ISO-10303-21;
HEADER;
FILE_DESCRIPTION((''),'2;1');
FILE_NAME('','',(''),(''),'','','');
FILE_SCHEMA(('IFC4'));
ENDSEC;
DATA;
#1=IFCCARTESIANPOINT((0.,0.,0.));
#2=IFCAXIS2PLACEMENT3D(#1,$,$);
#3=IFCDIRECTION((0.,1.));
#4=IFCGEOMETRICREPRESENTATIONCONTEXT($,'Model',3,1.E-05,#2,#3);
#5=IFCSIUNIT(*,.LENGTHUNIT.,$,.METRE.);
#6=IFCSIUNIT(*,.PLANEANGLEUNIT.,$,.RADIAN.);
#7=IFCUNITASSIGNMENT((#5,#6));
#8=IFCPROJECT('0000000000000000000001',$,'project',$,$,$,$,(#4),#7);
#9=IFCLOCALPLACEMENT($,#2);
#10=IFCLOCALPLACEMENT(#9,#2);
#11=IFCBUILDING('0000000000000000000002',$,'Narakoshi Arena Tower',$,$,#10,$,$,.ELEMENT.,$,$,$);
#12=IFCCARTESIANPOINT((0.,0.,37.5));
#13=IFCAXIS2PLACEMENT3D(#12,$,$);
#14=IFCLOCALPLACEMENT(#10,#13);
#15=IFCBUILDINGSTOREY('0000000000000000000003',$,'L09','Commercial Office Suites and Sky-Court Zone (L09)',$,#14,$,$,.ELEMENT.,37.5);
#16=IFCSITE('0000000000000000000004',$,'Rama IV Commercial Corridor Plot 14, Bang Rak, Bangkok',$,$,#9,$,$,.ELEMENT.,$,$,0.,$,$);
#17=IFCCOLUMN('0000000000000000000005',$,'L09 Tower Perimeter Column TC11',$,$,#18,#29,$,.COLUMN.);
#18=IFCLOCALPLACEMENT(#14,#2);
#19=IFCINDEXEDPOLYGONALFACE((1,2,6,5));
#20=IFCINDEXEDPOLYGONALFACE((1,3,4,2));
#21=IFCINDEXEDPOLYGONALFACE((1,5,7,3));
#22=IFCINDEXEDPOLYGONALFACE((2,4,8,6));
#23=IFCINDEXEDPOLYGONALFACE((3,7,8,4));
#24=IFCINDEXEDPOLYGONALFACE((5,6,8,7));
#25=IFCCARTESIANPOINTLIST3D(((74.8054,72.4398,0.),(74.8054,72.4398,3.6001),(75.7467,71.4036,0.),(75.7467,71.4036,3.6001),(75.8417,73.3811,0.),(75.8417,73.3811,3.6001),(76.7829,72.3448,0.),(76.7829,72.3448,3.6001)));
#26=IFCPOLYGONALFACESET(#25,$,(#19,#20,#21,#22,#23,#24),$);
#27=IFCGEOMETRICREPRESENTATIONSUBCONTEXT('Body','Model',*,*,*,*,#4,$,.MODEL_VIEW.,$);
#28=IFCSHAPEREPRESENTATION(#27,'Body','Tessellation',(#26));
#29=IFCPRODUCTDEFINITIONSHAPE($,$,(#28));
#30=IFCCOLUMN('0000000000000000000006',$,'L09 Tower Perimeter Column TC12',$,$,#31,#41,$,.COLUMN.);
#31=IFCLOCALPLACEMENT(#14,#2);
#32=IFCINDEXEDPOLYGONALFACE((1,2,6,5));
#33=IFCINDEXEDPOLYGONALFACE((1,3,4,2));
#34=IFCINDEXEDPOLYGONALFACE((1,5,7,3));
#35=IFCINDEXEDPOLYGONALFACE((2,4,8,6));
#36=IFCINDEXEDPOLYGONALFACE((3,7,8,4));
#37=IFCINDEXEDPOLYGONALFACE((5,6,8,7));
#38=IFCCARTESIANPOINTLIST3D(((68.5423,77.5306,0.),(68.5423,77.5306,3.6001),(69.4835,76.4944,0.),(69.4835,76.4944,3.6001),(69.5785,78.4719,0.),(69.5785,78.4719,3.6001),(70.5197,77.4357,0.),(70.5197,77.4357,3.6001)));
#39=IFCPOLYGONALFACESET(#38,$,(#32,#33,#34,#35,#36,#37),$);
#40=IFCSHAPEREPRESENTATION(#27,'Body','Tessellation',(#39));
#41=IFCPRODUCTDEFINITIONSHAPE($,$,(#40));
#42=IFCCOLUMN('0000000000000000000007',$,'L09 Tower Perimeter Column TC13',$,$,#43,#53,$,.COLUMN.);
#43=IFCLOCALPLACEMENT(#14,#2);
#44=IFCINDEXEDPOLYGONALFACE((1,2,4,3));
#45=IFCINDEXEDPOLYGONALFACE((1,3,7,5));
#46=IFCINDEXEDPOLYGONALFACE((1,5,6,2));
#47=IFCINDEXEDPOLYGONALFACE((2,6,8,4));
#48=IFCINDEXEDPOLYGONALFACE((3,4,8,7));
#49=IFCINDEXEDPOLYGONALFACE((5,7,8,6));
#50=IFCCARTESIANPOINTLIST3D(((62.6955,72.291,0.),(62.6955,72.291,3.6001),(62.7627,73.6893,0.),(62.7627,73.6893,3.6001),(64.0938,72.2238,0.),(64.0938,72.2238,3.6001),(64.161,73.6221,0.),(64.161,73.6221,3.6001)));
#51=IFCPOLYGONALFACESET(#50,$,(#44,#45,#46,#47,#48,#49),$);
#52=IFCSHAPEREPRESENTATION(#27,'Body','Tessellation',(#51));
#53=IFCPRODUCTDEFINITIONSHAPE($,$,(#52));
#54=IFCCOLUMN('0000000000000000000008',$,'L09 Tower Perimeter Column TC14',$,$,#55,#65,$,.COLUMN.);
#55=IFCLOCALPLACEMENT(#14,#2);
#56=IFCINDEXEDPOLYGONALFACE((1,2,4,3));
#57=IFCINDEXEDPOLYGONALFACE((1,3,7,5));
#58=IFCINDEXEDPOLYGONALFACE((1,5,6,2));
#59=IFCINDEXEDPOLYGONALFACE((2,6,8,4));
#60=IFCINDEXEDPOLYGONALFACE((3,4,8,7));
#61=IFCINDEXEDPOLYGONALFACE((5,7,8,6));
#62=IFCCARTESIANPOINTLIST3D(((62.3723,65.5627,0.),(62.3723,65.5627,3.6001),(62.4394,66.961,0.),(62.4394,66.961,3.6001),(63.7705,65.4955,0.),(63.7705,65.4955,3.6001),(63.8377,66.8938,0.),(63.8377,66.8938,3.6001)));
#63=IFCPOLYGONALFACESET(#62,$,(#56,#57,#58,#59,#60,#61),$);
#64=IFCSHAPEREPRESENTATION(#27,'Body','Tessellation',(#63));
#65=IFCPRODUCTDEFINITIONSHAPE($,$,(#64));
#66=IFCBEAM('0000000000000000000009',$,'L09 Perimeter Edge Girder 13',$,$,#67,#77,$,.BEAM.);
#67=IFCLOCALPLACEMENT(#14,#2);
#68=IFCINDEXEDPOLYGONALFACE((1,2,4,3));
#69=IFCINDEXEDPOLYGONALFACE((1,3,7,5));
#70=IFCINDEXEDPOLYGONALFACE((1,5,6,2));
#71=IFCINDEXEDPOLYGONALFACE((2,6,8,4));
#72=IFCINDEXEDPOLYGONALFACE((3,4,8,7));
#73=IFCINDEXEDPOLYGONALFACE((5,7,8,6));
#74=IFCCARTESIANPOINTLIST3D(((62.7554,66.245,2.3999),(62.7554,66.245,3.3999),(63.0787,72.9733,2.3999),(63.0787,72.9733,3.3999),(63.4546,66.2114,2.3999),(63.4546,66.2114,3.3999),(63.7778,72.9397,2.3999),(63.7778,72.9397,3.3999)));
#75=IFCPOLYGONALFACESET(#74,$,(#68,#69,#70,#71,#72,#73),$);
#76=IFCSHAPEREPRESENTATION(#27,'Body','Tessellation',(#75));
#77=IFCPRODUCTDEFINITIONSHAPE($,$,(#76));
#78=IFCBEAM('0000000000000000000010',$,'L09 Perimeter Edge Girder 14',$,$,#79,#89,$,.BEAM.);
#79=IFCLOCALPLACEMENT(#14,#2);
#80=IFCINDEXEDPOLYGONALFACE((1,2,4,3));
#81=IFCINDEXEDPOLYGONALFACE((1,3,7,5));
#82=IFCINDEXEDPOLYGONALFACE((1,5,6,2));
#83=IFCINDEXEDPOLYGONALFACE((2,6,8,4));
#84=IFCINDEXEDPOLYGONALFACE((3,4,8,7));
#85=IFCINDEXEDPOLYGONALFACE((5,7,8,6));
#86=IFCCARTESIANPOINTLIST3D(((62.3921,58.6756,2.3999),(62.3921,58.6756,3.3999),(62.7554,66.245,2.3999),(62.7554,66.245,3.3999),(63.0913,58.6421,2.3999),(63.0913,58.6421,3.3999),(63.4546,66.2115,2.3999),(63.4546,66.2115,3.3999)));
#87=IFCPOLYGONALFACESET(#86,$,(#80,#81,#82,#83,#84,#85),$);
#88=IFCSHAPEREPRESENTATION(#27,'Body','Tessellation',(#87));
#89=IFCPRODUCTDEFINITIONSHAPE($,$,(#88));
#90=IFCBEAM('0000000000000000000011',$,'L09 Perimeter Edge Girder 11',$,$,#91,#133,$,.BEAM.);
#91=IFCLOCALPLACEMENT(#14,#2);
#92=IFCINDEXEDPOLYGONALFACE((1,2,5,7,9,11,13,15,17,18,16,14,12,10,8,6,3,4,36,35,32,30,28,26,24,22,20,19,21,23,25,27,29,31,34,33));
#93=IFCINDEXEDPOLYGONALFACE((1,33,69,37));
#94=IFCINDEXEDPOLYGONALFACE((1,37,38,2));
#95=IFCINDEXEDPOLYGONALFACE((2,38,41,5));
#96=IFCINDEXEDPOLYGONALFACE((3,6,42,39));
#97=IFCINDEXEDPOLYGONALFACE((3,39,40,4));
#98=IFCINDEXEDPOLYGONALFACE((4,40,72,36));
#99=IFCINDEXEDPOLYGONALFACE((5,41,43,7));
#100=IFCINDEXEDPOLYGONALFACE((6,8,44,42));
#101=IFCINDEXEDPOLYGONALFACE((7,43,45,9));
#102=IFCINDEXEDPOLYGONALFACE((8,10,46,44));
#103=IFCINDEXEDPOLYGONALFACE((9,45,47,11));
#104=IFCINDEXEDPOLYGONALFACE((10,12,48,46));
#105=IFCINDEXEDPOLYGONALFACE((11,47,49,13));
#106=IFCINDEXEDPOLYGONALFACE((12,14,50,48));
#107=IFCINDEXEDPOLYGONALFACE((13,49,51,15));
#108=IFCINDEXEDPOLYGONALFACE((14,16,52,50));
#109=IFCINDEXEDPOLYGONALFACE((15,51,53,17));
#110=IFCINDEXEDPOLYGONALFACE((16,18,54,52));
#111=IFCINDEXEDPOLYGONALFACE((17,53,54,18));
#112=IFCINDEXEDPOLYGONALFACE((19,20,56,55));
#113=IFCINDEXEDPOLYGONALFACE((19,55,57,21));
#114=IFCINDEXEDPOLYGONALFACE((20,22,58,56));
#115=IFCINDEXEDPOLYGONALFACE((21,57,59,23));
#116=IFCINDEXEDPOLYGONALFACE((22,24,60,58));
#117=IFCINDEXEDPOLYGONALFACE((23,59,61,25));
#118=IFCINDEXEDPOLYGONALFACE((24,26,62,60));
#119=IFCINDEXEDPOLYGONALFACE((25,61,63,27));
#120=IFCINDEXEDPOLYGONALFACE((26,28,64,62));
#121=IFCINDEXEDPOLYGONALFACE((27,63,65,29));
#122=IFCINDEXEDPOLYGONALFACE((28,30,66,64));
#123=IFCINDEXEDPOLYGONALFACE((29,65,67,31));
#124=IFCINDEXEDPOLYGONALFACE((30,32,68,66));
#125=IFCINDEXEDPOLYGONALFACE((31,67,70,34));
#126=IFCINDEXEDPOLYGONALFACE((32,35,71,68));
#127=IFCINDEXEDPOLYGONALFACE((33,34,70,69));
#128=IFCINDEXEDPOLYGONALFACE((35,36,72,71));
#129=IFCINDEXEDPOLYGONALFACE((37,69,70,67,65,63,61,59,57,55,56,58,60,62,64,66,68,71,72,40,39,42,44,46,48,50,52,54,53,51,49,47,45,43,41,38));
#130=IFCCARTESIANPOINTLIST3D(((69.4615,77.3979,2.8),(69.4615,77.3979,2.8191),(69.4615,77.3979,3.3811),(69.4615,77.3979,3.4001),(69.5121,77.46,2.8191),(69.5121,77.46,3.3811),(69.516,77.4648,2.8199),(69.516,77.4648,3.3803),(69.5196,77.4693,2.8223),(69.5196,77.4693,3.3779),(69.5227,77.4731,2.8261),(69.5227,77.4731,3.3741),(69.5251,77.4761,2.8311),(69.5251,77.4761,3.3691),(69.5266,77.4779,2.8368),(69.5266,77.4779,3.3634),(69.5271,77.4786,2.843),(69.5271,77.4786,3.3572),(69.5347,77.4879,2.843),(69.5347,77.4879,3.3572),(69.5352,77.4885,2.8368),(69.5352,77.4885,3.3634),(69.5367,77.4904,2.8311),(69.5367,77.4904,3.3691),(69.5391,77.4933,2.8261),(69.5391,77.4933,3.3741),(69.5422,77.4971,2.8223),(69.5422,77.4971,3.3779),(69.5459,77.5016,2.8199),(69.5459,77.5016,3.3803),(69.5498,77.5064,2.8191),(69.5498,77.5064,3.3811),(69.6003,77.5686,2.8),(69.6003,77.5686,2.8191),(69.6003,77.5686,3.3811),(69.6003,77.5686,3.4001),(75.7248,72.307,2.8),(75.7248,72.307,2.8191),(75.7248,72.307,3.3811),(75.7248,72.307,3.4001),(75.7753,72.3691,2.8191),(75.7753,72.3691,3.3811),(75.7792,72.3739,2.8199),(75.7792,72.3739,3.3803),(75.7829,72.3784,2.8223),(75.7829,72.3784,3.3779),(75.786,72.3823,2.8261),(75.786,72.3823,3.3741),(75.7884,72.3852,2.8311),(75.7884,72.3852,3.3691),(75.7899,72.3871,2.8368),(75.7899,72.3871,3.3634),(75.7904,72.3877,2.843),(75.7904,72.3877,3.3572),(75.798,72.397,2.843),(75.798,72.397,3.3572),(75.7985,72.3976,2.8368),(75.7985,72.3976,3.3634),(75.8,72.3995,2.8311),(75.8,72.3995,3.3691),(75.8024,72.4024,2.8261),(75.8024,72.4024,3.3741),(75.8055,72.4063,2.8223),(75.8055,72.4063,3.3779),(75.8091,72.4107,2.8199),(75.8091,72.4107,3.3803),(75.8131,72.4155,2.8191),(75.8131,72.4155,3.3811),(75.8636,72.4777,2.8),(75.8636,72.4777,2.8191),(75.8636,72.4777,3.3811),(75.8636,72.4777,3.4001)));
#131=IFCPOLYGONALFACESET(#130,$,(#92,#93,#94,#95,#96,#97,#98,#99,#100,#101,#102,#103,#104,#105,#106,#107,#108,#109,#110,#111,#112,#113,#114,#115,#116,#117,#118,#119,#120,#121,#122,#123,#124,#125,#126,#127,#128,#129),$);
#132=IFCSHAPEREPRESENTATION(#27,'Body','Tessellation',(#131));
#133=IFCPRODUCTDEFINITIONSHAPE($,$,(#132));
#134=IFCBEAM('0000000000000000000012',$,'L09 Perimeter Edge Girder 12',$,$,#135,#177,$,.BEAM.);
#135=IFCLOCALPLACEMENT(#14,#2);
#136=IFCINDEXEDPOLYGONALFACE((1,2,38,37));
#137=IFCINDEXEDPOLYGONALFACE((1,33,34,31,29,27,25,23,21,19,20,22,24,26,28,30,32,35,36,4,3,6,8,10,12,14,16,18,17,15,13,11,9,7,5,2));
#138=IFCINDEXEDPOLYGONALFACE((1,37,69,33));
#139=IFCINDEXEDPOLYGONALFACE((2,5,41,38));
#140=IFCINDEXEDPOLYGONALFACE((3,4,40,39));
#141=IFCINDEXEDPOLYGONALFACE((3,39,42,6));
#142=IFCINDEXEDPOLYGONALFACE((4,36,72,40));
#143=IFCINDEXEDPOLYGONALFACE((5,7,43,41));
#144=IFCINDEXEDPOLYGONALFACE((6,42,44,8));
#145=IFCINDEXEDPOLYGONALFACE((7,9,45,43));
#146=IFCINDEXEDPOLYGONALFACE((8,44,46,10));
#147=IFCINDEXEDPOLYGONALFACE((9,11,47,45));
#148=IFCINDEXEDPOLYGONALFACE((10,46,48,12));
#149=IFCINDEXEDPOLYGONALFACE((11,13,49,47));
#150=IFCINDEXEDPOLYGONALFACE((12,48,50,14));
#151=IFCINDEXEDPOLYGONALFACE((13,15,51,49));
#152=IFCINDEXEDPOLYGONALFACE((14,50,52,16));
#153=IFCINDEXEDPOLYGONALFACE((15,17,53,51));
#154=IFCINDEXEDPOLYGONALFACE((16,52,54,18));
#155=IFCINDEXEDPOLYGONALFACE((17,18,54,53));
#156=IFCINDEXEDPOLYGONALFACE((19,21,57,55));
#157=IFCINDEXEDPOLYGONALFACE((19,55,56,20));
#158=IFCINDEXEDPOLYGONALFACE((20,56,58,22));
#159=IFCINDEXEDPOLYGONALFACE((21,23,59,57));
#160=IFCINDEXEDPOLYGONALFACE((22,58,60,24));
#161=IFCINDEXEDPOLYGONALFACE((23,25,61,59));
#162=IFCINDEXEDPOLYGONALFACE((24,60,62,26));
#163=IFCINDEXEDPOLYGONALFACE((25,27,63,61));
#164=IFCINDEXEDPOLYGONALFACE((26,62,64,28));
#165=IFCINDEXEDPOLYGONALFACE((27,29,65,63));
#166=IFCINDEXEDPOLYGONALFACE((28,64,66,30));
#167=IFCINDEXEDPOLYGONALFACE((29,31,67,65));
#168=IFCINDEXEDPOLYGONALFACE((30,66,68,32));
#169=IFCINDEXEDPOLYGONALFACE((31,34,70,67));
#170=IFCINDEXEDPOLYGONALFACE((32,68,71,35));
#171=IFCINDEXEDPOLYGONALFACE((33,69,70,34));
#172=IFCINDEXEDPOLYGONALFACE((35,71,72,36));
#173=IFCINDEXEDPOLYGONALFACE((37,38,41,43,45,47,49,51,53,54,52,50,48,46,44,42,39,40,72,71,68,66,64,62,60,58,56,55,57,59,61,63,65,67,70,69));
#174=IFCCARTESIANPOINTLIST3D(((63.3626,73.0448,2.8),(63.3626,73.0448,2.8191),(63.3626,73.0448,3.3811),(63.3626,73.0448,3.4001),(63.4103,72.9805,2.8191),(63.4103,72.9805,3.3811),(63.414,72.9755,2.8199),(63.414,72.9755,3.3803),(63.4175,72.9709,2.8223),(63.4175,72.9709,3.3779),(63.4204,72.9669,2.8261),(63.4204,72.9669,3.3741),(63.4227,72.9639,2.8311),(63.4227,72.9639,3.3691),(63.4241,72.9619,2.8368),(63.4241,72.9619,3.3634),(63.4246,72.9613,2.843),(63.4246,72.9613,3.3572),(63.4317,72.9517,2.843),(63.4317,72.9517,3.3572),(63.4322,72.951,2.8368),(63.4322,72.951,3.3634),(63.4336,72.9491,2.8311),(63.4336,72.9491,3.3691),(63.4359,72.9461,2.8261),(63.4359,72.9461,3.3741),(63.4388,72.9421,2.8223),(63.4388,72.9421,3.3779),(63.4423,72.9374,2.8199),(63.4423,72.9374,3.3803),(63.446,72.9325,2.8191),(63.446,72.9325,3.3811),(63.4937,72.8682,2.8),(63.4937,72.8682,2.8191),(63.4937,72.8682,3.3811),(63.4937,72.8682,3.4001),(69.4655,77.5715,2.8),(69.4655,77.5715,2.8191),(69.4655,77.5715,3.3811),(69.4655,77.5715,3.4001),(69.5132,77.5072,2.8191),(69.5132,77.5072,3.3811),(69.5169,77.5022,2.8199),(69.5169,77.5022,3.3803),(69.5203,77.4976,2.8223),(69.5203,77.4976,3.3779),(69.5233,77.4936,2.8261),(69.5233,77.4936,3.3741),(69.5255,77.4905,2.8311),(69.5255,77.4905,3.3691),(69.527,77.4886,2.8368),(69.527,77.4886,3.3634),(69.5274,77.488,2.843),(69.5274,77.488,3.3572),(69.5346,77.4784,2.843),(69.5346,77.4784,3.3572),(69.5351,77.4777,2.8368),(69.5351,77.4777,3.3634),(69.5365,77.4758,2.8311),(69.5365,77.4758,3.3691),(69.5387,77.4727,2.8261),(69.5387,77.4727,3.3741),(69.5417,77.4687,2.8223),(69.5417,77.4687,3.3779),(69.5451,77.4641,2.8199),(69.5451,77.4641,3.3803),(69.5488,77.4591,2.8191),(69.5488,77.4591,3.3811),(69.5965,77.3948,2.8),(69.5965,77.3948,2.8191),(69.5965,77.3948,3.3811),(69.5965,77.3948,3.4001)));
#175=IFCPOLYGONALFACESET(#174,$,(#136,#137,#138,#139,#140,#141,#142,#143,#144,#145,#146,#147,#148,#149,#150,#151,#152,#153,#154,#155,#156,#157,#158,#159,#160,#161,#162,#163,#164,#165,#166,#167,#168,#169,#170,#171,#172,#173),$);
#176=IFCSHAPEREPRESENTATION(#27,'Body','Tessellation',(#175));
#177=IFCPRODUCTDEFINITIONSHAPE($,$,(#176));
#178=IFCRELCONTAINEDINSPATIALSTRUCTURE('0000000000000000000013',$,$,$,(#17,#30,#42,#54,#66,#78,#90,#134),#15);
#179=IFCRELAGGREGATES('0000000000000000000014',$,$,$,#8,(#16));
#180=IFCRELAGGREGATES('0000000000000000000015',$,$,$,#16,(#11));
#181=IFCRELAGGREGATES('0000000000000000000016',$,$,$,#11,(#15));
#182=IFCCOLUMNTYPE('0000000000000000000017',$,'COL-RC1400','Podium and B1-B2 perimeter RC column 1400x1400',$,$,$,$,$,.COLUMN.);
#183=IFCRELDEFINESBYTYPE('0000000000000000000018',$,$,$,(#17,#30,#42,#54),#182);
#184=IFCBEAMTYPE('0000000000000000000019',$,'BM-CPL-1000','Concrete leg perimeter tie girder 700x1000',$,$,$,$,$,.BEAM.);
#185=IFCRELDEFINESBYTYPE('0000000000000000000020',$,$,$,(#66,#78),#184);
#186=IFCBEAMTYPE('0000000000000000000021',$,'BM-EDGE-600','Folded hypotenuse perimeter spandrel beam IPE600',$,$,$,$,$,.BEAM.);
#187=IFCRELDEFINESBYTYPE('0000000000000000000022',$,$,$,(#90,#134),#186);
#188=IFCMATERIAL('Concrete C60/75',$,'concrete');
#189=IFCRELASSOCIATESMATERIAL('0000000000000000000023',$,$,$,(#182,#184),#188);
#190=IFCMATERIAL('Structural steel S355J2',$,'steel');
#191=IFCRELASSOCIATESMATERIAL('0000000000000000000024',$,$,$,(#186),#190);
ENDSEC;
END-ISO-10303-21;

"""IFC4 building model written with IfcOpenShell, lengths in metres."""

from ifc_helpers import new_model, si_unit, direction, frame, origin, origin_2d, place, context, subcontext, project, spatial, rectangle, i_section, extrude, material, material_profile, profile_set, type_object, element, save


model = new_model("IFC4")

# Units and contexts
model_context = context("Model", 3, precision=1e-05, world=origin(), true_north=direction((0.0, 1.0)))
body_context = subcontext(model_context, "Body", "Model", "MODEL_VIEW")
ifc_project = project(units=[si_unit("LENGTHUNIT", "METRE"), si_unit("PLANEANGLEUNIT", "RADIAN")], contexts=[model_context])

# Site, building, storey
site_placement = place(None, origin())
site = spatial("IfcSite", under=ifc_project, at=site_placement, Name="Rama IV Commercial Corridor Plot 14, Bang Rak, Bangkok", CompositionType="ELEMENT", RefElevation=0.0)
building_placement = place(site_placement, origin())
building = spatial("IfcBuilding", under=site, at=building_placement, Name="Narakoshi Arena Tower", CompositionType="ELEMENT")
storey_placement = place(building_placement, frame((0.0, 0.0, 37.5)))
storey = spatial("IfcBuildingStorey", under=building, at=storey_placement, Name="L09", Description="Commercial Office Suites and Sky-Court Zone (L09)", CompositionType="ELEMENT", Elevation=37.5)

# Columns
ifc_material_1 = material(Name="Concrete C60/75", Category="concrete")
ifc_material_profile_1 = material_profile(ifc_material_1, rectangle(XDim=1.3999, YDim=1.3999, at=origin_2d()), Name="RC1400x1400")
ifc_profile_set_1 = profile_set([ifc_material_profile_1], Name="Concrete C60/75")
column_type = type_object("IfcColumnType", Name="COL-RC1400", Description="Podium and B1-B2 perimeter RC column 1400x1400", PredefinedType="COLUMN", material=ifc_profile_set_1)
for number, where, z_axis, x_axis, name in (
    (1, (75.7942, 72.3923, 0.0), (0.0, 0.0, 1.0), (0.740218, 0.672367, 0.0), "L09 Tower Perimeter Column TC11"),
    (2, (69.531, 77.4832, 0.0), (0.0, 0.0, 1.0), (0.740218, 0.672367, 0.0), "L09 Tower Perimeter Column TC12"),
    (3, (63.4282, 72.9565, 0.0), (0.0, 0.0, 1.0), (0.047978, 0.998848, 0.0), "L09 Tower Perimeter Column TC13"),
    (4, (63.105, 66.2283, 0.0), (0.0, 0.0, 1.0), (0.047978, 0.998848, 0.0), "L09 Tower Perimeter Column TC14"),
):
    element("IfcColumn", number, at=place(storey_placement, frame(where, z_axis=z_axis, x_axis=x_axis)), inside=storey, type_object=column_type, Name=name, PredefinedType="COLUMN", context=body_context, shape_type="SweptSolid", body=[
        extrude(rectangle(XDim=1.3999, YDim=1.3999, at=origin_2d()), origin(), (0.0, 0.0, 1.0), 3.6001),
    ])

# Beams
ifc_material_profile_2 = material_profile(ifc_material_1, rectangle(XDim=0.7, YDim=1.0, at=origin_2d()), Name="RCB700x1000")
ifc_profile_set_2 = profile_set([ifc_material_profile_2], Name="Concrete C60/75")
beam_type_1 = type_object("IfcBeamType", Name="BM-CPL-1000", Description="Concrete leg perimeter tie girder 700x1000", PredefinedType="BEAM", material=ifc_profile_set_2)
beam_1_placement = place(storey_placement, frame((63.4282, 72.9565, 2.8999), z_axis=(-0.047987, -0.998848, 0.0), x_axis=(0.998848, -0.047987, 0.0)))
element("IfcBeam", 5, at=beam_1_placement, inside=storey, type_object=beam_type_1, Name="L09 Perimeter Edge Girder 13", PredefinedType="BEAM", context=body_context, shape_type="SweptSolid", body=[
    extrude(rectangle(XDim=0.7, YDim=1.0, at=origin_2d()), origin(), (0.0, 0.0, 1.0), 6.7361),
])
beam_2_placement = place(storey_placement, frame((63.105, 66.2283, 2.8999), z_axis=(-0.047939, -0.99885, 0.0), x_axis=(0.99885, -0.047939, 0.0)))
element("IfcBeam", 6, at=beam_2_placement, inside=storey, type_object=beam_type_1, Name="L09 Perimeter Edge Girder 14", PredefinedType="BEAM", context=body_context, shape_type="SweptSolid", body=[
    extrude(rectangle(XDim=0.7, YDim=1.0, at=origin_2d()), origin(), (0.0, 0.0, 1.0), 7.5781),
])
ifc_material_2 = material(Name="Structural steel S355J2", Category="steel")
ifc_material_profile_3 = material_profile(ifc_material_2, i_section(OverallWidth=0.22, OverallDepth=0.6001, WebThickness=0.012, FlangeThickness=0.019, FilletRadius=0.0239, at=origin_2d()), Name="IPE600")
ifc_profile_set_3 = profile_set([ifc_material_profile_3], Name="Structural steel S355J2")
beam_type_2 = type_object("IfcBeamType", Name="BM-EDGE-600", Description="Folded hypotenuse perimeter spandrel beam IPE600", PredefinedType="BEAM", material=ifc_profile_set_3)
beam_3_placement = place(storey_placement, frame((75.7942, 72.3923, 3.1001), z_axis=(-0.775994, 0.630741, 0.0), x_axis=(-0.630741, -0.775994, 0.0)))
element("IfcBeam", 7, at=beam_3_placement, inside=storey, type_object=beam_type_2, Name="L09 Perimeter Edge Girder 11", PredefinedType="BEAM", context=body_context, shape_type="SweptSolid", body=[
    extrude(i_section(OverallWidth=0.22, OverallDepth=0.6001, WebThickness=0.012, FlangeThickness=0.019, FilletRadius=0.0239, at=origin_2d()), origin(), (0.0, 0.0, 1.0), 8.0713),
])
beam_4_placement = place(storey_placement, frame((69.531, 77.4832, 3.1001), z_axis=(-0.803177, -0.59574, 0.0), x_axis=(0.59574, -0.803177, 0.0)))
element("IfcBeam", 8, at=beam_4_placement, inside=storey, type_object=beam_type_2, Name="L09 Perimeter Edge Girder 12", PredefinedType="BEAM", context=body_context, shape_type="SweptSolid", body=[
    extrude(i_section(OverallWidth=0.22, OverallDepth=0.6001, WebThickness=0.012, FlangeThickness=0.019, FilletRadius=0.0239, at=origin_2d()), origin(), (0.0, 0.0, 1.0), 7.5984),
])

save(model, "model.ifc")
